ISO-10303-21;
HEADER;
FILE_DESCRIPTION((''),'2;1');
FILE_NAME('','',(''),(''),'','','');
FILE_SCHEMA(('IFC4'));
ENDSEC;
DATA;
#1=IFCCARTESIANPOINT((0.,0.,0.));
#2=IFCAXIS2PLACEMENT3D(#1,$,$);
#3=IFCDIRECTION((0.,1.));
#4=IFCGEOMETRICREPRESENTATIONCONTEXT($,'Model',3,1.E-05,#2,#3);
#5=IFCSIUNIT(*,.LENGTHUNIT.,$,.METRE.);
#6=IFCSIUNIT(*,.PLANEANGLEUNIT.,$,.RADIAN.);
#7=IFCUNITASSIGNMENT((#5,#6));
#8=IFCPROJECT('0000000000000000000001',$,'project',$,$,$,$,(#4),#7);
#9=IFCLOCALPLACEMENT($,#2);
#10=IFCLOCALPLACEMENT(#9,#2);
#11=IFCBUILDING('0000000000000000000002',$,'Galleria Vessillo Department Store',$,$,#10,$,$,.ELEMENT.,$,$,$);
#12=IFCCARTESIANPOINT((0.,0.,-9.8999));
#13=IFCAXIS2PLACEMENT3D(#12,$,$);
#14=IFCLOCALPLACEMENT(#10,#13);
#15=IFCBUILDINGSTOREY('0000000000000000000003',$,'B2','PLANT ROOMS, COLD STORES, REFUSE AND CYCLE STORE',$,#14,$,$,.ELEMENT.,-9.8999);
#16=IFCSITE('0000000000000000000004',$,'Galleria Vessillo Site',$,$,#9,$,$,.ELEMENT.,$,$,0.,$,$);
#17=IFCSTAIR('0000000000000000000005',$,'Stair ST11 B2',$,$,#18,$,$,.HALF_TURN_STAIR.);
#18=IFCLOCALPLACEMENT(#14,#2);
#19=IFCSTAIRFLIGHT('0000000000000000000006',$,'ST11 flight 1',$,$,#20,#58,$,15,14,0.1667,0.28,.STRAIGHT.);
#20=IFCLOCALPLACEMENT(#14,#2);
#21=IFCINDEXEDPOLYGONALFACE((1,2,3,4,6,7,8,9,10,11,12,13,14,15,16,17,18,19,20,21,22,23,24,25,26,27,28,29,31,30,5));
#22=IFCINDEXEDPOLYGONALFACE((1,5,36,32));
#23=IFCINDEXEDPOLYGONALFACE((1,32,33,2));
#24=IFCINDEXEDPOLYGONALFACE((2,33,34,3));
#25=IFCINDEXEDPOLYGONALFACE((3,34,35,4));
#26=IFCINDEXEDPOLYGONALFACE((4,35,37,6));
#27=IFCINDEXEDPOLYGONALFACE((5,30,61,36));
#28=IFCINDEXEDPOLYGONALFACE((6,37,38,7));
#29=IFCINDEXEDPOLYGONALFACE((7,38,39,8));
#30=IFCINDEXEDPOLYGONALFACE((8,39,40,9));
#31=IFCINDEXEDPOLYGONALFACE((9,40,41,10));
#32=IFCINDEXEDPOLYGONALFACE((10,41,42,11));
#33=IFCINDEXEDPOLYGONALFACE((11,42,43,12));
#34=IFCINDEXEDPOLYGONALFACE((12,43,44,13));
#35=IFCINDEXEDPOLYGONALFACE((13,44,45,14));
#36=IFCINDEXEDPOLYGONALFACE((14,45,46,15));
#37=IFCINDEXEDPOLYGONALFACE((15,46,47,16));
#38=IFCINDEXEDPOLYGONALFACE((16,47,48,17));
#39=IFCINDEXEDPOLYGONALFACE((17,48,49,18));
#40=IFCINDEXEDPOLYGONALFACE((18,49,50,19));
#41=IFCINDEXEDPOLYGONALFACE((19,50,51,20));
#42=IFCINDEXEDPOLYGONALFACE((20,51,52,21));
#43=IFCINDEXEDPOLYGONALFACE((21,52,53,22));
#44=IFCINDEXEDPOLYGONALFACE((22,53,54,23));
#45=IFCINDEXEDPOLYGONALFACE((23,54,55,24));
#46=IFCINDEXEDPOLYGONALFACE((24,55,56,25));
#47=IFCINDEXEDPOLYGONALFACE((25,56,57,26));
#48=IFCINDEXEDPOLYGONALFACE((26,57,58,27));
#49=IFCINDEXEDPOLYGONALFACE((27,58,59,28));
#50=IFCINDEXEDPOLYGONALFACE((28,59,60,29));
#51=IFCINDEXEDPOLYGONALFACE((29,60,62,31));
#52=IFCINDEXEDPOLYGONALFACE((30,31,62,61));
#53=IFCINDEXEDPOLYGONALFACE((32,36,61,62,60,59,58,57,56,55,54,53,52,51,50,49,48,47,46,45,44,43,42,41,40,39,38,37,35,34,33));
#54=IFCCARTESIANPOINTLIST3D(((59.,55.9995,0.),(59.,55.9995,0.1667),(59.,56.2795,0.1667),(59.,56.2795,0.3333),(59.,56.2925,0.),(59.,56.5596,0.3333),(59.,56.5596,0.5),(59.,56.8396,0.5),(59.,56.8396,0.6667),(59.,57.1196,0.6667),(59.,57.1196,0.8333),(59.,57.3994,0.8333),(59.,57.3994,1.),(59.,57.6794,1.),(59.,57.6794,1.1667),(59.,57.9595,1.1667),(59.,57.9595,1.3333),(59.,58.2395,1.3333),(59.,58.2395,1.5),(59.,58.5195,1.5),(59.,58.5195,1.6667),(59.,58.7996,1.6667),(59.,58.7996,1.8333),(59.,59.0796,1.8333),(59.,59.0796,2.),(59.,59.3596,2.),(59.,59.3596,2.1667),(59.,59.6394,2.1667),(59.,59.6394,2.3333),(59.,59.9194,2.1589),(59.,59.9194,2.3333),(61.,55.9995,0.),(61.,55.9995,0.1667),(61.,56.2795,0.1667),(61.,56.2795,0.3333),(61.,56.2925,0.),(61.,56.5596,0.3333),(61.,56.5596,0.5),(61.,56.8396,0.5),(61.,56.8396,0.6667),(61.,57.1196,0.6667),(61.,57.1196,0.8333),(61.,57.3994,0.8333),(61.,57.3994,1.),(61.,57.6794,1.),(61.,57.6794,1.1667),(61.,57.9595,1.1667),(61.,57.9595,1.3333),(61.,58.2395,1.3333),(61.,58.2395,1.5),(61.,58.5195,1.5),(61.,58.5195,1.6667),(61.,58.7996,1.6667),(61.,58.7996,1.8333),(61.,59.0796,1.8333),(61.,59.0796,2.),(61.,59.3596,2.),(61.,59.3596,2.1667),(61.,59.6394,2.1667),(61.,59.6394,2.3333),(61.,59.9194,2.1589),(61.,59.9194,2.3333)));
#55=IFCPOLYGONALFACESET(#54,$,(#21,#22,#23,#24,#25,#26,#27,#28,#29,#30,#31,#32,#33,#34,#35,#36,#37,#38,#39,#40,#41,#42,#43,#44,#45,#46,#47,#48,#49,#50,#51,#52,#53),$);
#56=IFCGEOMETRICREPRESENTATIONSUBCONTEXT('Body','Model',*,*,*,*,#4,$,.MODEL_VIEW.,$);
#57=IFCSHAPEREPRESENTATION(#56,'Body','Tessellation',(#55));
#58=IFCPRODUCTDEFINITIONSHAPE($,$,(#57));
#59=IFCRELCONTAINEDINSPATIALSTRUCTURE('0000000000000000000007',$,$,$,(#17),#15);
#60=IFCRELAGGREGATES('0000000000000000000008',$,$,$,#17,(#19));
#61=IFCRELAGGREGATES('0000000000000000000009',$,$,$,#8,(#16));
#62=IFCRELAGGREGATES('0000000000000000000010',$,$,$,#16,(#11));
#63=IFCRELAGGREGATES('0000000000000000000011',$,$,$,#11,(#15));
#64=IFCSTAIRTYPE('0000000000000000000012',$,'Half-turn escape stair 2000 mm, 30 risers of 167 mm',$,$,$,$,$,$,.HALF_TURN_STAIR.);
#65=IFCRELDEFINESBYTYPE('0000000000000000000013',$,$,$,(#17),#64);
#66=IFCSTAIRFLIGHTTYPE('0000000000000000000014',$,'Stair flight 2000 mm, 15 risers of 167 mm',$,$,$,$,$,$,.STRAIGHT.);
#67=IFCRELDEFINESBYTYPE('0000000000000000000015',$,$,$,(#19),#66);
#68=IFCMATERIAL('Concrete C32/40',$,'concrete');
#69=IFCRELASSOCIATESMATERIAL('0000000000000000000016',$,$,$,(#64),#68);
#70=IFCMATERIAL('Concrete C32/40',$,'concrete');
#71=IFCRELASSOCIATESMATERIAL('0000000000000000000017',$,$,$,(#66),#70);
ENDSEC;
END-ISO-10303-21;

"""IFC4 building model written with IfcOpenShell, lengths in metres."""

from ifc_helpers import new_model, si_unit, direction, frame, origin, place, context, subcontext, project, spatial, polyline, outline, extrude, material, type_object, element, aggregate, save


model = new_model("IFC4")

# Units and contexts
model_context = context("Model", 3, precision=1e-05, world=origin(), true_north=direction((0.0, 1.0)))
body_context = subcontext(model_context, "Body", "Model", "MODEL_VIEW")
ifc_project = project(units=[si_unit("LENGTHUNIT", "METRE"), si_unit("PLANEANGLEUNIT", "RADIAN")], contexts=[model_context])

# Site, building, storey
site_placement = place(None, origin())
site = spatial("IfcSite", under=ifc_project, at=site_placement, Name="Galleria Vessillo Site", CompositionType="ELEMENT", RefElevation=0.0)
building_placement = place(site_placement, origin())
building = spatial("IfcBuilding", under=site, at=building_placement, Name="Galleria Vessillo Department Store", CompositionType="ELEMENT")
storey_placement = place(building_placement, frame((0.0, 0.0, -9.8999)))
storey = spatial("IfcBuildingStorey", under=building, at=storey_placement, Name="B2", Description="PLANT ROOMS, COLD STORES, REFUSE AND CYCLE STORE", CompositionType="ELEMENT", Elevation=-9.8999)

# Stair, stair flight
ifc_material_1 = material(Name="Concrete C32/40", Category="concrete")
stair_type = type_object("IfcStairType", Name="Half-turn escape stair 2000 mm, 30 risers of 167 mm", PredefinedType="HALF_TURN_STAIR", material=ifc_material_1)
stair_placement = place(storey_placement, origin())
stair = element("IfcStair", 1, at=stair_placement, inside=storey, type_object=stair_type, Name="Stair ST11 B2", PredefinedType="HALF_TURN_STAIR")
ifc_material_2 = material(Name="Concrete C32/40", Category="concrete")
stair_flight_type = type_object("IfcStairFlightType", Name="Stair flight 2000 mm, 15 risers of 167 mm", PredefinedType="STRAIGHT", material=ifc_material_2)
stair_flight_placement = place(storey_placement, frame((60.0, 55.9995, 0.0), z_axis=(0.0, 0.0, 1.0), x_axis=(0.0, 1.0, 0.0)))
stair_flight = element("IfcStairFlight", 2, at=stair_flight_placement, type_object=stair_flight_type, Name="ST11 flight 1", NumberOfRisers=15, NumberOfTreads=14, PredefinedType="STRAIGHT", RiserHeight=0.1667, TreadLength=0.28, context=body_context, shape_type="SweptSolid", body=[
    extrude(outline(polyline([(0.0, 0.0), (0.0, 0.1667), (0.28, 0.1667), (0.28, 0.3333), (0.5601, 0.3333), (0.5601, 0.5), (0.8401, 0.5), (0.8401, 0.6667), (1.1201, 0.6667), (1.1201, 0.8333), (1.3999, 0.8333), (1.3999, 1.0), (1.6799, 1.0), (1.6799, 1.1667), (1.96, 1.1667), (1.96, 1.3333), (2.24, 1.3333), (2.24, 1.5), (2.52, 1.5), (2.52, 1.6667), (2.8, 1.6667), (2.8, 1.8333), (3.0801, 1.8333), (3.0801, 2.0), (3.3601, 2.0), (3.3601, 2.1667), (3.6399, 2.1667), (3.6399, 2.3333), (3.9199, 2.3333), (3.9199, 2.5), (3.9199, 2.1589), (0.293, 0.0), (0.0, 0.0)])), frame((0.0, 1.0, 0.0), z_axis=(0.0, -1.0, 0.0), x_axis=(1.0, 0.0, 0.0)), (0.0, 0.0, 1.0), 2.0),
])
aggregate(stair, [stair_flight])

save(model, "model.ifc")
